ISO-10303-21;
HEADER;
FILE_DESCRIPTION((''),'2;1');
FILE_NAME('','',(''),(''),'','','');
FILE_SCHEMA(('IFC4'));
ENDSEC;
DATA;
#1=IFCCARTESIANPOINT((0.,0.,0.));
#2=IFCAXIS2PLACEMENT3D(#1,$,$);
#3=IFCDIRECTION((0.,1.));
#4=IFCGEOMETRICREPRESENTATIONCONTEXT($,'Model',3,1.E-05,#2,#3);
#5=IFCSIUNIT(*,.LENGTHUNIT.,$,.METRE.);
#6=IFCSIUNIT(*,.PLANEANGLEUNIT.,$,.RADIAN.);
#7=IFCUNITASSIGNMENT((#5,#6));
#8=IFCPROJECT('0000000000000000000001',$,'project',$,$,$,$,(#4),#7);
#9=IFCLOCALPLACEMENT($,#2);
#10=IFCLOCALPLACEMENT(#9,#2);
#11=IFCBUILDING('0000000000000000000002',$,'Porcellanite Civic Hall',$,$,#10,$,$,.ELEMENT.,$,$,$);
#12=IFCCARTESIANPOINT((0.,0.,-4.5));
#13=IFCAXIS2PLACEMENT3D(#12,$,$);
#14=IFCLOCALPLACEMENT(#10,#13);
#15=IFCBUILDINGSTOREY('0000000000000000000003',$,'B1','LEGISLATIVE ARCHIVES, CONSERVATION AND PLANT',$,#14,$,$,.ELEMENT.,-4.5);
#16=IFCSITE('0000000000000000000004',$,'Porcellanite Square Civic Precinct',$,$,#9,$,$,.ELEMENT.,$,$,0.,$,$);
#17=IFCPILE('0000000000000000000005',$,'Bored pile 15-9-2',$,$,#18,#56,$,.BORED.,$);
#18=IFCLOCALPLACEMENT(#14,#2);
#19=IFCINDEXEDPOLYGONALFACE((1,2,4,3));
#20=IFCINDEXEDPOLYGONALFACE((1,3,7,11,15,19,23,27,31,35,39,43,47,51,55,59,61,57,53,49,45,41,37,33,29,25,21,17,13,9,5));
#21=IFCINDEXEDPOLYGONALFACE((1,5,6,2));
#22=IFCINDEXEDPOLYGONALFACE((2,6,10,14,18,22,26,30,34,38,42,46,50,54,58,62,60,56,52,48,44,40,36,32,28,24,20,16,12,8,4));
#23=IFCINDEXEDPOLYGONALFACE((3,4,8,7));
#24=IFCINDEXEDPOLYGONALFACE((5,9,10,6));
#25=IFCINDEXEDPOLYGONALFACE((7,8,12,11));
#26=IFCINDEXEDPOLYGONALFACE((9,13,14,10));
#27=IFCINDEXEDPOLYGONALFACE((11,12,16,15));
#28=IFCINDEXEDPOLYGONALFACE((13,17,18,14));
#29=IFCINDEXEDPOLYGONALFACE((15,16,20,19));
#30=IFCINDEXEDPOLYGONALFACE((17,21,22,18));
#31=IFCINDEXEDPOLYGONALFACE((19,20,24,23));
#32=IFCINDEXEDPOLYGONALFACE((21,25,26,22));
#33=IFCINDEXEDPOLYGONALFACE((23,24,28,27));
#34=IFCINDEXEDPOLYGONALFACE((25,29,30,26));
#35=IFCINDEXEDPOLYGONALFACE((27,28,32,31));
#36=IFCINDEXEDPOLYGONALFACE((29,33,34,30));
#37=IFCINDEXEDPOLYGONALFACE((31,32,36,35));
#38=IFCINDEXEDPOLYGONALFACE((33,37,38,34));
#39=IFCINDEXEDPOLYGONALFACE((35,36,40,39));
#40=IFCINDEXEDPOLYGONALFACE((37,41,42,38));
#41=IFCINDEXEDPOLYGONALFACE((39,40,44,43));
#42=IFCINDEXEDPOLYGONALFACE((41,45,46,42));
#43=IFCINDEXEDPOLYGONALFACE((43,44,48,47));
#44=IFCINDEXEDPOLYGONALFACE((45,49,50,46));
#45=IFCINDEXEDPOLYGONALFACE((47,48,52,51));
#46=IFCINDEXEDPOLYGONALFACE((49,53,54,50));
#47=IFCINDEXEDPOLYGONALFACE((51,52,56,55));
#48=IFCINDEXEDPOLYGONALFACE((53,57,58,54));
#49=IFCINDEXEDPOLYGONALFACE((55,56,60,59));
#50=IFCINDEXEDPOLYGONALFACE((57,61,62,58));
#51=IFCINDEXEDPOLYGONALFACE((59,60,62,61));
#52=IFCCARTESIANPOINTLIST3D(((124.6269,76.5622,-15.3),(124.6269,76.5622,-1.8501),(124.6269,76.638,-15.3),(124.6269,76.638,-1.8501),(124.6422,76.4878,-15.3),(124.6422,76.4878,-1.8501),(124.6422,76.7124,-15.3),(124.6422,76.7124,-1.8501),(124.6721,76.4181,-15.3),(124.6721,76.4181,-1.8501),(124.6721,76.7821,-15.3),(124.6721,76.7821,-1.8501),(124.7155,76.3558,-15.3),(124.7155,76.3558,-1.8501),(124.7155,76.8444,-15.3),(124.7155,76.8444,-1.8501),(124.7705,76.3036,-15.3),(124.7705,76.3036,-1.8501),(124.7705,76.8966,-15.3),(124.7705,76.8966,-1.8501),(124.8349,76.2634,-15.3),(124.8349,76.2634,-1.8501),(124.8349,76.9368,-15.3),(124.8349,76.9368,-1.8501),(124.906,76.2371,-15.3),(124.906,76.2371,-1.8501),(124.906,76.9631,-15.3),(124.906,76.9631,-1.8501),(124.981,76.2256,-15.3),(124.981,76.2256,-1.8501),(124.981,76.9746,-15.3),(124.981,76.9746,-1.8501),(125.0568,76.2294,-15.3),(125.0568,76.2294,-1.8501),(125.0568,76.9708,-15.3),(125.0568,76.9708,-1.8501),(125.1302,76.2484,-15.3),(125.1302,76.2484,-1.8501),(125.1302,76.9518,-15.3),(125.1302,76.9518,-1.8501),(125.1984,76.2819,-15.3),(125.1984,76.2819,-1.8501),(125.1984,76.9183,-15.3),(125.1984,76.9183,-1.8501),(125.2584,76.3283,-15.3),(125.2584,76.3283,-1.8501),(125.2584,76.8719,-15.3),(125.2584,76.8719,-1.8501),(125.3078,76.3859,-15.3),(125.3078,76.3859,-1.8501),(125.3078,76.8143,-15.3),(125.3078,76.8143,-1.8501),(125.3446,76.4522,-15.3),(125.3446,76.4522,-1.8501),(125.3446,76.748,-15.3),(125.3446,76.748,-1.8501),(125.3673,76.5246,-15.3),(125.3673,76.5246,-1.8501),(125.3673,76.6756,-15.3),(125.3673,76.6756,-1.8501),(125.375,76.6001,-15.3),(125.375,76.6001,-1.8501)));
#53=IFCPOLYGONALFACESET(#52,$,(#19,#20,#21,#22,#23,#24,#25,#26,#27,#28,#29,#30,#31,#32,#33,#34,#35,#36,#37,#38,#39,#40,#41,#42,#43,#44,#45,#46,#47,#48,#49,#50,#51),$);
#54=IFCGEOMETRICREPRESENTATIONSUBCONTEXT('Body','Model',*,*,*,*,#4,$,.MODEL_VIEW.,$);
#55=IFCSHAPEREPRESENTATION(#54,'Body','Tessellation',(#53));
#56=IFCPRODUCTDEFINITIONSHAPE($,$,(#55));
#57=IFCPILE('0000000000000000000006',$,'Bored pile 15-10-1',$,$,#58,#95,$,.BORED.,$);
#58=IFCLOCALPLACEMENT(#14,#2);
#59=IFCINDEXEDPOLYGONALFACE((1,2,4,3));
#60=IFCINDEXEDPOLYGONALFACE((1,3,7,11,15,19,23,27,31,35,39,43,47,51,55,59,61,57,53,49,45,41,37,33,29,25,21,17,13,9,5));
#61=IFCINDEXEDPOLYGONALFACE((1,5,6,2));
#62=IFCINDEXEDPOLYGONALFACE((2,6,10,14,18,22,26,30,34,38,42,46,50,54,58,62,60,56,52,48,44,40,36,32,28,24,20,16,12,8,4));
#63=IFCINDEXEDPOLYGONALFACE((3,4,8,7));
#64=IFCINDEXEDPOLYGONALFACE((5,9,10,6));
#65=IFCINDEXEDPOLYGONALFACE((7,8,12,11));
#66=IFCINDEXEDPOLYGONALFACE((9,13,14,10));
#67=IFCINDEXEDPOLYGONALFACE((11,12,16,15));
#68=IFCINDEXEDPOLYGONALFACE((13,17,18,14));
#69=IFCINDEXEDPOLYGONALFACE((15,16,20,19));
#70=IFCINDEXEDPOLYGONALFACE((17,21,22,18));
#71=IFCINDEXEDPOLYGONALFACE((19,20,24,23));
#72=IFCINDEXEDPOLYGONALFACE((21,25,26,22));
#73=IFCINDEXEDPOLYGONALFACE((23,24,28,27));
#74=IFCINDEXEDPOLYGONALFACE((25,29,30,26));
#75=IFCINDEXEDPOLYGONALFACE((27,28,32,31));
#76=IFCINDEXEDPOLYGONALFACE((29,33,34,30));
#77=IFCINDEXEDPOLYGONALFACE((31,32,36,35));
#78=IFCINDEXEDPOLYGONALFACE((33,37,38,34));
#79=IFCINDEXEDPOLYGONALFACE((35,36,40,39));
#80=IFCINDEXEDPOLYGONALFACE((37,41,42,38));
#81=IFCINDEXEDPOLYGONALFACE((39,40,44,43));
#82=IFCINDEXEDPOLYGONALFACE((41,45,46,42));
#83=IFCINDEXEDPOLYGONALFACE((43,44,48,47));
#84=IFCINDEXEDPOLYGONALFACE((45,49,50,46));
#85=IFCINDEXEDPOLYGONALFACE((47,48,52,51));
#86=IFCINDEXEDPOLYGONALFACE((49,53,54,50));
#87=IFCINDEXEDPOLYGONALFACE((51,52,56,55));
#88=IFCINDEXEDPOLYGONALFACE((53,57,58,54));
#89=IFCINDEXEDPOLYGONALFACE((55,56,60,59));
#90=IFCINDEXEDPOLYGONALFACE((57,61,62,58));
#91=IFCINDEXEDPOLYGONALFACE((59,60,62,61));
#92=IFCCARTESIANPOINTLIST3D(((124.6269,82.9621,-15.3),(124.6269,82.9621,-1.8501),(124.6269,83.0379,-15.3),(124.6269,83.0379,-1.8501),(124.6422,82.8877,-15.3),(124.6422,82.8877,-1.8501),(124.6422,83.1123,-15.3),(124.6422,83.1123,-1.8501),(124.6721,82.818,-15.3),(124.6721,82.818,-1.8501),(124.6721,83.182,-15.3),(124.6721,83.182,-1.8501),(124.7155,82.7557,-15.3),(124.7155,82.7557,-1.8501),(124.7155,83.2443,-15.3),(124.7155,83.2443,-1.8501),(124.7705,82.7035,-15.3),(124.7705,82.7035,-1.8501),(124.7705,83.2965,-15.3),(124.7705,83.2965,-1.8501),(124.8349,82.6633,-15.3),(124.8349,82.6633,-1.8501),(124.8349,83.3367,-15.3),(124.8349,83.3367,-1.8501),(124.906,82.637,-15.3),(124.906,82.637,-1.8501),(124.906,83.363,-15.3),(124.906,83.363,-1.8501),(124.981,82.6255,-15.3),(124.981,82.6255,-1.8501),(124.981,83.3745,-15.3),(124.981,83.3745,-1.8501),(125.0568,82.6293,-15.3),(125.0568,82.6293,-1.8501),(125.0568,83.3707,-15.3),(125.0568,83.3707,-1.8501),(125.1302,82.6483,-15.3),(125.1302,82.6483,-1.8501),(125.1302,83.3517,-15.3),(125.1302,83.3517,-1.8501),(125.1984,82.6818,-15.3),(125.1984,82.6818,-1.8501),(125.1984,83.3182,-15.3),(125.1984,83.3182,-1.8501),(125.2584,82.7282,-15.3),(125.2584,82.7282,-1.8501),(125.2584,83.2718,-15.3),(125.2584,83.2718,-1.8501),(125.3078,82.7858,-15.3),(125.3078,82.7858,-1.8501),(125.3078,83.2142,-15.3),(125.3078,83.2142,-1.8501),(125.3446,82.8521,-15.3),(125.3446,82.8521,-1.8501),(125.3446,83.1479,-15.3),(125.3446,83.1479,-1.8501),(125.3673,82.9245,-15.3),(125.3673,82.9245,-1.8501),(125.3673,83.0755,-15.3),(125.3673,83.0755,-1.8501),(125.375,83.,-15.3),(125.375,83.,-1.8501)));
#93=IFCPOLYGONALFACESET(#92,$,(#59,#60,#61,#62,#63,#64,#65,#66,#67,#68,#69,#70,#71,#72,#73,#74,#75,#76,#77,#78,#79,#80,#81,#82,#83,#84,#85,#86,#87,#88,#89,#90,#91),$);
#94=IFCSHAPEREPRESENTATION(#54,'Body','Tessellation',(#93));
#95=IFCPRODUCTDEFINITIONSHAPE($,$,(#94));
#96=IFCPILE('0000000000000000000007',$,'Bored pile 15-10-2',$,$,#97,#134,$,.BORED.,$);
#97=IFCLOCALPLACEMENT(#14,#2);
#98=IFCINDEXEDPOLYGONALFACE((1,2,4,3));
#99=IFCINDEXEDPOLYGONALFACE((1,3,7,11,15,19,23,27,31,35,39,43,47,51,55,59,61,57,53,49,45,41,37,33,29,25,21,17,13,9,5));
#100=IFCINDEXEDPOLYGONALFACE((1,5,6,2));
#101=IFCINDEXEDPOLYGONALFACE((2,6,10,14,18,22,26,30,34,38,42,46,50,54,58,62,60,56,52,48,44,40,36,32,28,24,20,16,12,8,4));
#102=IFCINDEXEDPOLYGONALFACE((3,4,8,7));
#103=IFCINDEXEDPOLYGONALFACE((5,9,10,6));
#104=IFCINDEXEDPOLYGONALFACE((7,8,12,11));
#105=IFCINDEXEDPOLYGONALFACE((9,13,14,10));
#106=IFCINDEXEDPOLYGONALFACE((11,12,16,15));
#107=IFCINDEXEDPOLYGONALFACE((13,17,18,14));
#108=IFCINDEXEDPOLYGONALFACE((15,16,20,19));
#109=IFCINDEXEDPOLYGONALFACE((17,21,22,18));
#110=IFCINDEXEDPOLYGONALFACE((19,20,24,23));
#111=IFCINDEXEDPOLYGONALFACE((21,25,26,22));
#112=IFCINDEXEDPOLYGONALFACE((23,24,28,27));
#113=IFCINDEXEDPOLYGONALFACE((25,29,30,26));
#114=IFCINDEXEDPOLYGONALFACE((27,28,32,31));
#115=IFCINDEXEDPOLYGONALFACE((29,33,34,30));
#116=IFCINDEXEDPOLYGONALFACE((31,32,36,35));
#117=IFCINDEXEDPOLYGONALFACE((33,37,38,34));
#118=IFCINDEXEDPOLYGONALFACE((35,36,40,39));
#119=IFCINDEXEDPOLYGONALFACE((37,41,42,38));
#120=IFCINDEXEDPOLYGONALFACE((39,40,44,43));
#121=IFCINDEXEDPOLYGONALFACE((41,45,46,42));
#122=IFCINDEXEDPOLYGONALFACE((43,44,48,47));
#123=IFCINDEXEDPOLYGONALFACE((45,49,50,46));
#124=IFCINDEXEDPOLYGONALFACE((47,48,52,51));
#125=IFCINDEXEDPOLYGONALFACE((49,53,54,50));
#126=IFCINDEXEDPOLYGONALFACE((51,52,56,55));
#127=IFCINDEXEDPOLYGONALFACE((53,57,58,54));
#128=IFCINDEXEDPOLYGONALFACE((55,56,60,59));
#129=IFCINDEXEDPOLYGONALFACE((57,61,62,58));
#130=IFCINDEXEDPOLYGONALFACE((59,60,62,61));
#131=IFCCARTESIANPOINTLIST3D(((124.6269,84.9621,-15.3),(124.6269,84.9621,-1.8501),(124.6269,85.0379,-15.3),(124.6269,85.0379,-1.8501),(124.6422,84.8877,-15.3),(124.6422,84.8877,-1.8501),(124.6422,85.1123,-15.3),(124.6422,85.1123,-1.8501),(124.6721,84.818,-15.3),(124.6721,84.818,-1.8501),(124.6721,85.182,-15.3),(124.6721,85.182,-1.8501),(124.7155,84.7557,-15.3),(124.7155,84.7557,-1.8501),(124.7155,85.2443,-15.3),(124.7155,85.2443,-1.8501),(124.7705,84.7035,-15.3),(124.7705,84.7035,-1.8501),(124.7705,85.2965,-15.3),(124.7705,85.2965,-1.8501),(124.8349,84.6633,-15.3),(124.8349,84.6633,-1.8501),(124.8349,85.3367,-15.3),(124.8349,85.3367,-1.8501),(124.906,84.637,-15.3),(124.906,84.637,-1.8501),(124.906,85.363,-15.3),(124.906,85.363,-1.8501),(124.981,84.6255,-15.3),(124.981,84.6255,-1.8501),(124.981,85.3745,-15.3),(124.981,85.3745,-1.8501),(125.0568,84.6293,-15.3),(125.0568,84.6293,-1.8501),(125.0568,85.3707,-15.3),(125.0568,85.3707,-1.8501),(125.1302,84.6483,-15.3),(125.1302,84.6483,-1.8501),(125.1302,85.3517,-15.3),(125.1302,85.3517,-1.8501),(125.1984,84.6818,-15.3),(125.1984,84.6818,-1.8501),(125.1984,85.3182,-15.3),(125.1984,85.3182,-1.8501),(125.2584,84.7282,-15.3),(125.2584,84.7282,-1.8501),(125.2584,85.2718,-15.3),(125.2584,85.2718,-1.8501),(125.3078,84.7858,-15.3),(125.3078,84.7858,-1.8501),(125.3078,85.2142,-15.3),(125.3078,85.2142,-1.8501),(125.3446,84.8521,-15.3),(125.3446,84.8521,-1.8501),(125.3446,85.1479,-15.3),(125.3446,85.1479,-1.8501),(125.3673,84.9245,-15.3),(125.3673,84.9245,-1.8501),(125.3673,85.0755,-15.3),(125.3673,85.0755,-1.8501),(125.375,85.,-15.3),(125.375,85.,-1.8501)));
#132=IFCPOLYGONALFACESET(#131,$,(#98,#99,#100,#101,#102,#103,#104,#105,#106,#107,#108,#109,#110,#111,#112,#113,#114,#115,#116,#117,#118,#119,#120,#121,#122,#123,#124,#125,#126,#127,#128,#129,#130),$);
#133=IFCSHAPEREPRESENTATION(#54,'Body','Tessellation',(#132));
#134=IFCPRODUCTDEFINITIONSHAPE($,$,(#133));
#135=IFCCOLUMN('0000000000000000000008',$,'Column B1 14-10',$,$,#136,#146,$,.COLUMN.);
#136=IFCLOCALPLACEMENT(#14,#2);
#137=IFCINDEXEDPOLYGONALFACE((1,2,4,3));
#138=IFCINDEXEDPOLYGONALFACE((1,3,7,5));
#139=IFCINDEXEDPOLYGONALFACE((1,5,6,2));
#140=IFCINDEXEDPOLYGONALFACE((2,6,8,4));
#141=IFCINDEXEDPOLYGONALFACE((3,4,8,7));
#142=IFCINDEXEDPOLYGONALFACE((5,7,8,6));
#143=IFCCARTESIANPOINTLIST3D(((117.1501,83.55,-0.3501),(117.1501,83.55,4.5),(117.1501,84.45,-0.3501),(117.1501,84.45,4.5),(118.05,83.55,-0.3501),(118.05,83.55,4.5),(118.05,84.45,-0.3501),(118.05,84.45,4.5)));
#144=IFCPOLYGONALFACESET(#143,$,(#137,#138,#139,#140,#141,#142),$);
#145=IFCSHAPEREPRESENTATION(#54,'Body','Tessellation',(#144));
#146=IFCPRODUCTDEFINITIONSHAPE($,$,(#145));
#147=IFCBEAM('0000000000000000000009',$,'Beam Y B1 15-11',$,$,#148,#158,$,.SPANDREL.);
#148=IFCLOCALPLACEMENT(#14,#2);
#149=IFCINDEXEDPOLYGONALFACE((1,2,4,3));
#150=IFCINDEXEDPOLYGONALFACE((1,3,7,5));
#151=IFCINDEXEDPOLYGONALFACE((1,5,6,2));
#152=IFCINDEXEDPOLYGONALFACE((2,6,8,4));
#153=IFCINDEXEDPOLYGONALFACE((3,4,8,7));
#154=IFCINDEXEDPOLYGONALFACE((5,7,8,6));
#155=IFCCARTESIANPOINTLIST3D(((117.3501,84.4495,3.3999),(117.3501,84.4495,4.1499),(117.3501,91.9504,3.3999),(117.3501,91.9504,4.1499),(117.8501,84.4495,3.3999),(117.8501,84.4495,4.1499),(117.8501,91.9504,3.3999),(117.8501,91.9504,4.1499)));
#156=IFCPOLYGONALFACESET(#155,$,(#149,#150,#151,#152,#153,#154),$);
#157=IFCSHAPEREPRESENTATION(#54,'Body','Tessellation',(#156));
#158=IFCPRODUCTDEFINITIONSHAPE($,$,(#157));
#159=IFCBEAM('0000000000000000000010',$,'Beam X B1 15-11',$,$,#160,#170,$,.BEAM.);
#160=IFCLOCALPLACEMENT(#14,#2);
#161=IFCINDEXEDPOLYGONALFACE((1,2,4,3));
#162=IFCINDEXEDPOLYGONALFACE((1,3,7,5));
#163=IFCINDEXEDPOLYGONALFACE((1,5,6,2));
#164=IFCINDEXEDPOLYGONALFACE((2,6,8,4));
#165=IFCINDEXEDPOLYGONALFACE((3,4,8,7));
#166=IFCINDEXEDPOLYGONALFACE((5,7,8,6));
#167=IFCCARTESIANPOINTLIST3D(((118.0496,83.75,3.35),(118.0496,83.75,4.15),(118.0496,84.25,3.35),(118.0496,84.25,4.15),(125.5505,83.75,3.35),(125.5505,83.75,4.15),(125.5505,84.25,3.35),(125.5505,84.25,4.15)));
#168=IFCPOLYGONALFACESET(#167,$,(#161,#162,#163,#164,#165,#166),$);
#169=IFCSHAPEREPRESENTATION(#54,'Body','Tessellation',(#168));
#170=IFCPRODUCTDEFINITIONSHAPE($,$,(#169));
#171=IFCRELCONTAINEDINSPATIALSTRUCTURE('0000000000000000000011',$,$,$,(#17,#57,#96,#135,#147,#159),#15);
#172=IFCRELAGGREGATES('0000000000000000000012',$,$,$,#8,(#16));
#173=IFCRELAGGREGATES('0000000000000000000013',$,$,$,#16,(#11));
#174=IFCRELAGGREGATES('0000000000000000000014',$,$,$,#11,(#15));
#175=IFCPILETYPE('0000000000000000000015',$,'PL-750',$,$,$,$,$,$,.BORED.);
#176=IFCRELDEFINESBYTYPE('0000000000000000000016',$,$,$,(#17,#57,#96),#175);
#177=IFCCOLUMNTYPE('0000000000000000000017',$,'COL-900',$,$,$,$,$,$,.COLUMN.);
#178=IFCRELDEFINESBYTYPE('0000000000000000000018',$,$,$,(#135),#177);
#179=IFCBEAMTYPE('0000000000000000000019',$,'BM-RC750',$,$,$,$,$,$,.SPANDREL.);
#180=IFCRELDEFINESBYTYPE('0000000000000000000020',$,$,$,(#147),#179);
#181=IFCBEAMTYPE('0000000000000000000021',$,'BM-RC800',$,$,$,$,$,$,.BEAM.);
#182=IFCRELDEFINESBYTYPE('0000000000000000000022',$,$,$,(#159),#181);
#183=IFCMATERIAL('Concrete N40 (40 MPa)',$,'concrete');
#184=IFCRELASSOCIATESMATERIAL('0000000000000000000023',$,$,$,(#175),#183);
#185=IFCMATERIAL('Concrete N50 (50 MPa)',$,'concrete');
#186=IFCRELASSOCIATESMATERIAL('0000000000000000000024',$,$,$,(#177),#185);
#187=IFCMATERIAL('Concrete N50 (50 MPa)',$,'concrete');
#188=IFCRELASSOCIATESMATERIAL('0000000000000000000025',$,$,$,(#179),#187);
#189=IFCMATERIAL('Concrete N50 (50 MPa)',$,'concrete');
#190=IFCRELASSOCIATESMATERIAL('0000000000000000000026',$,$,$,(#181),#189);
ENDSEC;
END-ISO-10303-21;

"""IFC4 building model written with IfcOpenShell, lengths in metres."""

from ifc_helpers import new_model, si_unit, direction, frame, origin, origin_2d, place, context, subcontext, project, spatial, rectangle, circle, extrude, material, material_profile, profile_set, type_object, element, save


model = new_model("IFC4")

# Units and contexts
model_context = context("Model", 3, precision=1e-05, world=origin(), true_north=direction((0.0, 1.0)))
body_context = subcontext(model_context, "Body", "Model", "MODEL_VIEW")
ifc_project = project(units=[si_unit("LENGTHUNIT", "METRE"), si_unit("PLANEANGLEUNIT", "RADIAN")], contexts=[model_context])

# Site, building, storey
site_placement = place(None, origin())
site = spatial("IfcSite", under=ifc_project, at=site_placement, Name="Porcellanite Square Civic Precinct", CompositionType="ELEMENT", RefElevation=0.0)
building_placement = place(site_placement, origin())
building = spatial("IfcBuilding", under=site, at=building_placement, Name="Porcellanite Civic Hall", CompositionType="ELEMENT")
storey_placement = place(building_placement, frame((0.0, 0.0, -4.5)))
storey = spatial("IfcBuildingStorey", under=building, at=storey_placement, Name="B1", Description="LEGISLATIVE ARCHIVES, CONSERVATION AND PLANT", CompositionType="ELEMENT", Elevation=-4.5)

# Piles
ifc_material_1 = material(Name="Concrete N40 (40 MPa)", Category="concrete")
ifc_material_profile_1 = material_profile(ifc_material_1, circle(Radius=0.375, at=origin_2d()), Name="PILE-D750")
ifc_profile_set_1 = profile_set([ifc_material_profile_1], Name="Concrete N40 (40 MPa)")
pile_type = type_object("IfcPileType", Name="PL-750", PredefinedType="BORED", material=ifc_profile_set_1)
for number, where, z_axis, x_axis, name in (
    (1, (125.0, 76.6001, -1.8501), (0.0, 0.0, -1.0), (1.0, 0.0, 0.0), "Bored pile 15-9-2"),
    (2, (125.0, 83.0, -1.8501), (0.0, 0.0, -1.0), (1.0, 0.0, 0.0), "Bored pile 15-10-1"),
    (3, (125.0, 85.0, -1.8501), (0.0, 0.0, -1.0), (1.0, 0.0, 0.0), "Bored pile 15-10-2"),
):
    element("IfcPile", number, at=place(storey_placement, frame(where, z_axis=z_axis, x_axis=x_axis)), inside=storey, type_object=pile_type, Name=name, PredefinedType="BORED", context=body_context, shape_type="SweptSolid", body=[
        extrude(circle(Radius=0.375, at=origin_2d()), origin(), (0.0, 0.0, 1.0), 13.45),
    ])

# Column
ifc_material_2 = material(Name="Concrete N50 (50 MPa)", Category="concrete")
ifc_material_profile_2 = material_profile(ifc_material_2, rectangle(XDim=0.8999, YDim=0.8999, at=origin_2d()), Name="RC-900x900")
ifc_profile_set_2 = profile_set([ifc_material_profile_2], Name="Concrete N50 (50 MPa)")
column_type = type_object("IfcColumnType", Name="COL-900", PredefinedType="COLUMN", material=ifc_profile_set_2)
column_placement = place(storey_placement, frame((117.6001, 84.0, -0.3501), z_axis=(0.0, 0.0, 1.0), x_axis=(1.0, 0.0, 0.0)))
element("IfcColumn", 4, at=column_placement, inside=storey, type_object=column_type, Name="Column B1 14-10", PredefinedType="COLUMN", context=body_context, shape_type="SweptSolid", body=[
    extrude(rectangle(XDim=0.8999, YDim=0.8999, at=origin_2d()), origin(), (0.0, 0.0, 1.0), 4.8501),
])

# Beams
ifc_material_3 = material(Name="Concrete N50 (50 MPa)", Category="concrete")
ifc_material_profile_3 = material_profile(ifc_material_3, rectangle(XDim=0.5, YDim=0.75, at=origin_2d()), Name="RC-500x750")
ifc_profile_set_3 = profile_set([ifc_material_profile_3], Name="Concrete N50 (50 MPa)")
beam_type_1 = type_object("IfcBeamType", Name="BM-RC750", PredefinedType="SPANDREL", material=ifc_profile_set_3)
beam_1_placement = place(storey_placement, frame((117.6001, 84.4495, 3.7749), z_axis=(0.0, 1.0, 0.0), x_axis=(-1.0, 0.0, 0.0)))
element("IfcBeam", 5, at=beam_1_placement, inside=storey, type_object=beam_type_1, Name="Beam Y B1 15-11", PredefinedType="SPANDREL", context=body_context, shape_type="SweptSolid", body=[
    extrude(rectangle(XDim=0.5, YDim=0.75, at=origin_2d()), origin(), (0.0, 0.0, 1.0), 7.501),
])
ifc_material_4 = material(Name="Concrete N50 (50 MPa)", Category="concrete")
ifc_material_profile_4 = material_profile(ifc_material_4, rectangle(XDim=0.5, YDim=0.8, at=origin_2d()), Name="RC-500x800")
ifc_profile_set_4 = profile_set([ifc_material_profile_4], Name="Concrete N50 (50 MPa)")
beam_type_2 = type_object("IfcBeamType", Name="BM-RC800", PredefinedType="BEAM", material=ifc_profile_set_4)
beam_2_placement = place(storey_placement, frame((118.0496, 84.0, 3.75), z_axis=(1.0, 0.0, 0.0), x_axis=(0.0, 1.0, 0.0)))
element("IfcBeam", 6, at=beam_2_placement, inside=storey, type_object=beam_type_2, Name="Beam X B1 15-11", PredefinedType="BEAM", context=body_context, shape_type="SweptSolid", body=[
    extrude(rectangle(XDim=0.5, YDim=0.8, at=origin_2d()), origin(), (0.0, 0.0, 1.0), 7.501),
])

save(model, "model.ifc")
